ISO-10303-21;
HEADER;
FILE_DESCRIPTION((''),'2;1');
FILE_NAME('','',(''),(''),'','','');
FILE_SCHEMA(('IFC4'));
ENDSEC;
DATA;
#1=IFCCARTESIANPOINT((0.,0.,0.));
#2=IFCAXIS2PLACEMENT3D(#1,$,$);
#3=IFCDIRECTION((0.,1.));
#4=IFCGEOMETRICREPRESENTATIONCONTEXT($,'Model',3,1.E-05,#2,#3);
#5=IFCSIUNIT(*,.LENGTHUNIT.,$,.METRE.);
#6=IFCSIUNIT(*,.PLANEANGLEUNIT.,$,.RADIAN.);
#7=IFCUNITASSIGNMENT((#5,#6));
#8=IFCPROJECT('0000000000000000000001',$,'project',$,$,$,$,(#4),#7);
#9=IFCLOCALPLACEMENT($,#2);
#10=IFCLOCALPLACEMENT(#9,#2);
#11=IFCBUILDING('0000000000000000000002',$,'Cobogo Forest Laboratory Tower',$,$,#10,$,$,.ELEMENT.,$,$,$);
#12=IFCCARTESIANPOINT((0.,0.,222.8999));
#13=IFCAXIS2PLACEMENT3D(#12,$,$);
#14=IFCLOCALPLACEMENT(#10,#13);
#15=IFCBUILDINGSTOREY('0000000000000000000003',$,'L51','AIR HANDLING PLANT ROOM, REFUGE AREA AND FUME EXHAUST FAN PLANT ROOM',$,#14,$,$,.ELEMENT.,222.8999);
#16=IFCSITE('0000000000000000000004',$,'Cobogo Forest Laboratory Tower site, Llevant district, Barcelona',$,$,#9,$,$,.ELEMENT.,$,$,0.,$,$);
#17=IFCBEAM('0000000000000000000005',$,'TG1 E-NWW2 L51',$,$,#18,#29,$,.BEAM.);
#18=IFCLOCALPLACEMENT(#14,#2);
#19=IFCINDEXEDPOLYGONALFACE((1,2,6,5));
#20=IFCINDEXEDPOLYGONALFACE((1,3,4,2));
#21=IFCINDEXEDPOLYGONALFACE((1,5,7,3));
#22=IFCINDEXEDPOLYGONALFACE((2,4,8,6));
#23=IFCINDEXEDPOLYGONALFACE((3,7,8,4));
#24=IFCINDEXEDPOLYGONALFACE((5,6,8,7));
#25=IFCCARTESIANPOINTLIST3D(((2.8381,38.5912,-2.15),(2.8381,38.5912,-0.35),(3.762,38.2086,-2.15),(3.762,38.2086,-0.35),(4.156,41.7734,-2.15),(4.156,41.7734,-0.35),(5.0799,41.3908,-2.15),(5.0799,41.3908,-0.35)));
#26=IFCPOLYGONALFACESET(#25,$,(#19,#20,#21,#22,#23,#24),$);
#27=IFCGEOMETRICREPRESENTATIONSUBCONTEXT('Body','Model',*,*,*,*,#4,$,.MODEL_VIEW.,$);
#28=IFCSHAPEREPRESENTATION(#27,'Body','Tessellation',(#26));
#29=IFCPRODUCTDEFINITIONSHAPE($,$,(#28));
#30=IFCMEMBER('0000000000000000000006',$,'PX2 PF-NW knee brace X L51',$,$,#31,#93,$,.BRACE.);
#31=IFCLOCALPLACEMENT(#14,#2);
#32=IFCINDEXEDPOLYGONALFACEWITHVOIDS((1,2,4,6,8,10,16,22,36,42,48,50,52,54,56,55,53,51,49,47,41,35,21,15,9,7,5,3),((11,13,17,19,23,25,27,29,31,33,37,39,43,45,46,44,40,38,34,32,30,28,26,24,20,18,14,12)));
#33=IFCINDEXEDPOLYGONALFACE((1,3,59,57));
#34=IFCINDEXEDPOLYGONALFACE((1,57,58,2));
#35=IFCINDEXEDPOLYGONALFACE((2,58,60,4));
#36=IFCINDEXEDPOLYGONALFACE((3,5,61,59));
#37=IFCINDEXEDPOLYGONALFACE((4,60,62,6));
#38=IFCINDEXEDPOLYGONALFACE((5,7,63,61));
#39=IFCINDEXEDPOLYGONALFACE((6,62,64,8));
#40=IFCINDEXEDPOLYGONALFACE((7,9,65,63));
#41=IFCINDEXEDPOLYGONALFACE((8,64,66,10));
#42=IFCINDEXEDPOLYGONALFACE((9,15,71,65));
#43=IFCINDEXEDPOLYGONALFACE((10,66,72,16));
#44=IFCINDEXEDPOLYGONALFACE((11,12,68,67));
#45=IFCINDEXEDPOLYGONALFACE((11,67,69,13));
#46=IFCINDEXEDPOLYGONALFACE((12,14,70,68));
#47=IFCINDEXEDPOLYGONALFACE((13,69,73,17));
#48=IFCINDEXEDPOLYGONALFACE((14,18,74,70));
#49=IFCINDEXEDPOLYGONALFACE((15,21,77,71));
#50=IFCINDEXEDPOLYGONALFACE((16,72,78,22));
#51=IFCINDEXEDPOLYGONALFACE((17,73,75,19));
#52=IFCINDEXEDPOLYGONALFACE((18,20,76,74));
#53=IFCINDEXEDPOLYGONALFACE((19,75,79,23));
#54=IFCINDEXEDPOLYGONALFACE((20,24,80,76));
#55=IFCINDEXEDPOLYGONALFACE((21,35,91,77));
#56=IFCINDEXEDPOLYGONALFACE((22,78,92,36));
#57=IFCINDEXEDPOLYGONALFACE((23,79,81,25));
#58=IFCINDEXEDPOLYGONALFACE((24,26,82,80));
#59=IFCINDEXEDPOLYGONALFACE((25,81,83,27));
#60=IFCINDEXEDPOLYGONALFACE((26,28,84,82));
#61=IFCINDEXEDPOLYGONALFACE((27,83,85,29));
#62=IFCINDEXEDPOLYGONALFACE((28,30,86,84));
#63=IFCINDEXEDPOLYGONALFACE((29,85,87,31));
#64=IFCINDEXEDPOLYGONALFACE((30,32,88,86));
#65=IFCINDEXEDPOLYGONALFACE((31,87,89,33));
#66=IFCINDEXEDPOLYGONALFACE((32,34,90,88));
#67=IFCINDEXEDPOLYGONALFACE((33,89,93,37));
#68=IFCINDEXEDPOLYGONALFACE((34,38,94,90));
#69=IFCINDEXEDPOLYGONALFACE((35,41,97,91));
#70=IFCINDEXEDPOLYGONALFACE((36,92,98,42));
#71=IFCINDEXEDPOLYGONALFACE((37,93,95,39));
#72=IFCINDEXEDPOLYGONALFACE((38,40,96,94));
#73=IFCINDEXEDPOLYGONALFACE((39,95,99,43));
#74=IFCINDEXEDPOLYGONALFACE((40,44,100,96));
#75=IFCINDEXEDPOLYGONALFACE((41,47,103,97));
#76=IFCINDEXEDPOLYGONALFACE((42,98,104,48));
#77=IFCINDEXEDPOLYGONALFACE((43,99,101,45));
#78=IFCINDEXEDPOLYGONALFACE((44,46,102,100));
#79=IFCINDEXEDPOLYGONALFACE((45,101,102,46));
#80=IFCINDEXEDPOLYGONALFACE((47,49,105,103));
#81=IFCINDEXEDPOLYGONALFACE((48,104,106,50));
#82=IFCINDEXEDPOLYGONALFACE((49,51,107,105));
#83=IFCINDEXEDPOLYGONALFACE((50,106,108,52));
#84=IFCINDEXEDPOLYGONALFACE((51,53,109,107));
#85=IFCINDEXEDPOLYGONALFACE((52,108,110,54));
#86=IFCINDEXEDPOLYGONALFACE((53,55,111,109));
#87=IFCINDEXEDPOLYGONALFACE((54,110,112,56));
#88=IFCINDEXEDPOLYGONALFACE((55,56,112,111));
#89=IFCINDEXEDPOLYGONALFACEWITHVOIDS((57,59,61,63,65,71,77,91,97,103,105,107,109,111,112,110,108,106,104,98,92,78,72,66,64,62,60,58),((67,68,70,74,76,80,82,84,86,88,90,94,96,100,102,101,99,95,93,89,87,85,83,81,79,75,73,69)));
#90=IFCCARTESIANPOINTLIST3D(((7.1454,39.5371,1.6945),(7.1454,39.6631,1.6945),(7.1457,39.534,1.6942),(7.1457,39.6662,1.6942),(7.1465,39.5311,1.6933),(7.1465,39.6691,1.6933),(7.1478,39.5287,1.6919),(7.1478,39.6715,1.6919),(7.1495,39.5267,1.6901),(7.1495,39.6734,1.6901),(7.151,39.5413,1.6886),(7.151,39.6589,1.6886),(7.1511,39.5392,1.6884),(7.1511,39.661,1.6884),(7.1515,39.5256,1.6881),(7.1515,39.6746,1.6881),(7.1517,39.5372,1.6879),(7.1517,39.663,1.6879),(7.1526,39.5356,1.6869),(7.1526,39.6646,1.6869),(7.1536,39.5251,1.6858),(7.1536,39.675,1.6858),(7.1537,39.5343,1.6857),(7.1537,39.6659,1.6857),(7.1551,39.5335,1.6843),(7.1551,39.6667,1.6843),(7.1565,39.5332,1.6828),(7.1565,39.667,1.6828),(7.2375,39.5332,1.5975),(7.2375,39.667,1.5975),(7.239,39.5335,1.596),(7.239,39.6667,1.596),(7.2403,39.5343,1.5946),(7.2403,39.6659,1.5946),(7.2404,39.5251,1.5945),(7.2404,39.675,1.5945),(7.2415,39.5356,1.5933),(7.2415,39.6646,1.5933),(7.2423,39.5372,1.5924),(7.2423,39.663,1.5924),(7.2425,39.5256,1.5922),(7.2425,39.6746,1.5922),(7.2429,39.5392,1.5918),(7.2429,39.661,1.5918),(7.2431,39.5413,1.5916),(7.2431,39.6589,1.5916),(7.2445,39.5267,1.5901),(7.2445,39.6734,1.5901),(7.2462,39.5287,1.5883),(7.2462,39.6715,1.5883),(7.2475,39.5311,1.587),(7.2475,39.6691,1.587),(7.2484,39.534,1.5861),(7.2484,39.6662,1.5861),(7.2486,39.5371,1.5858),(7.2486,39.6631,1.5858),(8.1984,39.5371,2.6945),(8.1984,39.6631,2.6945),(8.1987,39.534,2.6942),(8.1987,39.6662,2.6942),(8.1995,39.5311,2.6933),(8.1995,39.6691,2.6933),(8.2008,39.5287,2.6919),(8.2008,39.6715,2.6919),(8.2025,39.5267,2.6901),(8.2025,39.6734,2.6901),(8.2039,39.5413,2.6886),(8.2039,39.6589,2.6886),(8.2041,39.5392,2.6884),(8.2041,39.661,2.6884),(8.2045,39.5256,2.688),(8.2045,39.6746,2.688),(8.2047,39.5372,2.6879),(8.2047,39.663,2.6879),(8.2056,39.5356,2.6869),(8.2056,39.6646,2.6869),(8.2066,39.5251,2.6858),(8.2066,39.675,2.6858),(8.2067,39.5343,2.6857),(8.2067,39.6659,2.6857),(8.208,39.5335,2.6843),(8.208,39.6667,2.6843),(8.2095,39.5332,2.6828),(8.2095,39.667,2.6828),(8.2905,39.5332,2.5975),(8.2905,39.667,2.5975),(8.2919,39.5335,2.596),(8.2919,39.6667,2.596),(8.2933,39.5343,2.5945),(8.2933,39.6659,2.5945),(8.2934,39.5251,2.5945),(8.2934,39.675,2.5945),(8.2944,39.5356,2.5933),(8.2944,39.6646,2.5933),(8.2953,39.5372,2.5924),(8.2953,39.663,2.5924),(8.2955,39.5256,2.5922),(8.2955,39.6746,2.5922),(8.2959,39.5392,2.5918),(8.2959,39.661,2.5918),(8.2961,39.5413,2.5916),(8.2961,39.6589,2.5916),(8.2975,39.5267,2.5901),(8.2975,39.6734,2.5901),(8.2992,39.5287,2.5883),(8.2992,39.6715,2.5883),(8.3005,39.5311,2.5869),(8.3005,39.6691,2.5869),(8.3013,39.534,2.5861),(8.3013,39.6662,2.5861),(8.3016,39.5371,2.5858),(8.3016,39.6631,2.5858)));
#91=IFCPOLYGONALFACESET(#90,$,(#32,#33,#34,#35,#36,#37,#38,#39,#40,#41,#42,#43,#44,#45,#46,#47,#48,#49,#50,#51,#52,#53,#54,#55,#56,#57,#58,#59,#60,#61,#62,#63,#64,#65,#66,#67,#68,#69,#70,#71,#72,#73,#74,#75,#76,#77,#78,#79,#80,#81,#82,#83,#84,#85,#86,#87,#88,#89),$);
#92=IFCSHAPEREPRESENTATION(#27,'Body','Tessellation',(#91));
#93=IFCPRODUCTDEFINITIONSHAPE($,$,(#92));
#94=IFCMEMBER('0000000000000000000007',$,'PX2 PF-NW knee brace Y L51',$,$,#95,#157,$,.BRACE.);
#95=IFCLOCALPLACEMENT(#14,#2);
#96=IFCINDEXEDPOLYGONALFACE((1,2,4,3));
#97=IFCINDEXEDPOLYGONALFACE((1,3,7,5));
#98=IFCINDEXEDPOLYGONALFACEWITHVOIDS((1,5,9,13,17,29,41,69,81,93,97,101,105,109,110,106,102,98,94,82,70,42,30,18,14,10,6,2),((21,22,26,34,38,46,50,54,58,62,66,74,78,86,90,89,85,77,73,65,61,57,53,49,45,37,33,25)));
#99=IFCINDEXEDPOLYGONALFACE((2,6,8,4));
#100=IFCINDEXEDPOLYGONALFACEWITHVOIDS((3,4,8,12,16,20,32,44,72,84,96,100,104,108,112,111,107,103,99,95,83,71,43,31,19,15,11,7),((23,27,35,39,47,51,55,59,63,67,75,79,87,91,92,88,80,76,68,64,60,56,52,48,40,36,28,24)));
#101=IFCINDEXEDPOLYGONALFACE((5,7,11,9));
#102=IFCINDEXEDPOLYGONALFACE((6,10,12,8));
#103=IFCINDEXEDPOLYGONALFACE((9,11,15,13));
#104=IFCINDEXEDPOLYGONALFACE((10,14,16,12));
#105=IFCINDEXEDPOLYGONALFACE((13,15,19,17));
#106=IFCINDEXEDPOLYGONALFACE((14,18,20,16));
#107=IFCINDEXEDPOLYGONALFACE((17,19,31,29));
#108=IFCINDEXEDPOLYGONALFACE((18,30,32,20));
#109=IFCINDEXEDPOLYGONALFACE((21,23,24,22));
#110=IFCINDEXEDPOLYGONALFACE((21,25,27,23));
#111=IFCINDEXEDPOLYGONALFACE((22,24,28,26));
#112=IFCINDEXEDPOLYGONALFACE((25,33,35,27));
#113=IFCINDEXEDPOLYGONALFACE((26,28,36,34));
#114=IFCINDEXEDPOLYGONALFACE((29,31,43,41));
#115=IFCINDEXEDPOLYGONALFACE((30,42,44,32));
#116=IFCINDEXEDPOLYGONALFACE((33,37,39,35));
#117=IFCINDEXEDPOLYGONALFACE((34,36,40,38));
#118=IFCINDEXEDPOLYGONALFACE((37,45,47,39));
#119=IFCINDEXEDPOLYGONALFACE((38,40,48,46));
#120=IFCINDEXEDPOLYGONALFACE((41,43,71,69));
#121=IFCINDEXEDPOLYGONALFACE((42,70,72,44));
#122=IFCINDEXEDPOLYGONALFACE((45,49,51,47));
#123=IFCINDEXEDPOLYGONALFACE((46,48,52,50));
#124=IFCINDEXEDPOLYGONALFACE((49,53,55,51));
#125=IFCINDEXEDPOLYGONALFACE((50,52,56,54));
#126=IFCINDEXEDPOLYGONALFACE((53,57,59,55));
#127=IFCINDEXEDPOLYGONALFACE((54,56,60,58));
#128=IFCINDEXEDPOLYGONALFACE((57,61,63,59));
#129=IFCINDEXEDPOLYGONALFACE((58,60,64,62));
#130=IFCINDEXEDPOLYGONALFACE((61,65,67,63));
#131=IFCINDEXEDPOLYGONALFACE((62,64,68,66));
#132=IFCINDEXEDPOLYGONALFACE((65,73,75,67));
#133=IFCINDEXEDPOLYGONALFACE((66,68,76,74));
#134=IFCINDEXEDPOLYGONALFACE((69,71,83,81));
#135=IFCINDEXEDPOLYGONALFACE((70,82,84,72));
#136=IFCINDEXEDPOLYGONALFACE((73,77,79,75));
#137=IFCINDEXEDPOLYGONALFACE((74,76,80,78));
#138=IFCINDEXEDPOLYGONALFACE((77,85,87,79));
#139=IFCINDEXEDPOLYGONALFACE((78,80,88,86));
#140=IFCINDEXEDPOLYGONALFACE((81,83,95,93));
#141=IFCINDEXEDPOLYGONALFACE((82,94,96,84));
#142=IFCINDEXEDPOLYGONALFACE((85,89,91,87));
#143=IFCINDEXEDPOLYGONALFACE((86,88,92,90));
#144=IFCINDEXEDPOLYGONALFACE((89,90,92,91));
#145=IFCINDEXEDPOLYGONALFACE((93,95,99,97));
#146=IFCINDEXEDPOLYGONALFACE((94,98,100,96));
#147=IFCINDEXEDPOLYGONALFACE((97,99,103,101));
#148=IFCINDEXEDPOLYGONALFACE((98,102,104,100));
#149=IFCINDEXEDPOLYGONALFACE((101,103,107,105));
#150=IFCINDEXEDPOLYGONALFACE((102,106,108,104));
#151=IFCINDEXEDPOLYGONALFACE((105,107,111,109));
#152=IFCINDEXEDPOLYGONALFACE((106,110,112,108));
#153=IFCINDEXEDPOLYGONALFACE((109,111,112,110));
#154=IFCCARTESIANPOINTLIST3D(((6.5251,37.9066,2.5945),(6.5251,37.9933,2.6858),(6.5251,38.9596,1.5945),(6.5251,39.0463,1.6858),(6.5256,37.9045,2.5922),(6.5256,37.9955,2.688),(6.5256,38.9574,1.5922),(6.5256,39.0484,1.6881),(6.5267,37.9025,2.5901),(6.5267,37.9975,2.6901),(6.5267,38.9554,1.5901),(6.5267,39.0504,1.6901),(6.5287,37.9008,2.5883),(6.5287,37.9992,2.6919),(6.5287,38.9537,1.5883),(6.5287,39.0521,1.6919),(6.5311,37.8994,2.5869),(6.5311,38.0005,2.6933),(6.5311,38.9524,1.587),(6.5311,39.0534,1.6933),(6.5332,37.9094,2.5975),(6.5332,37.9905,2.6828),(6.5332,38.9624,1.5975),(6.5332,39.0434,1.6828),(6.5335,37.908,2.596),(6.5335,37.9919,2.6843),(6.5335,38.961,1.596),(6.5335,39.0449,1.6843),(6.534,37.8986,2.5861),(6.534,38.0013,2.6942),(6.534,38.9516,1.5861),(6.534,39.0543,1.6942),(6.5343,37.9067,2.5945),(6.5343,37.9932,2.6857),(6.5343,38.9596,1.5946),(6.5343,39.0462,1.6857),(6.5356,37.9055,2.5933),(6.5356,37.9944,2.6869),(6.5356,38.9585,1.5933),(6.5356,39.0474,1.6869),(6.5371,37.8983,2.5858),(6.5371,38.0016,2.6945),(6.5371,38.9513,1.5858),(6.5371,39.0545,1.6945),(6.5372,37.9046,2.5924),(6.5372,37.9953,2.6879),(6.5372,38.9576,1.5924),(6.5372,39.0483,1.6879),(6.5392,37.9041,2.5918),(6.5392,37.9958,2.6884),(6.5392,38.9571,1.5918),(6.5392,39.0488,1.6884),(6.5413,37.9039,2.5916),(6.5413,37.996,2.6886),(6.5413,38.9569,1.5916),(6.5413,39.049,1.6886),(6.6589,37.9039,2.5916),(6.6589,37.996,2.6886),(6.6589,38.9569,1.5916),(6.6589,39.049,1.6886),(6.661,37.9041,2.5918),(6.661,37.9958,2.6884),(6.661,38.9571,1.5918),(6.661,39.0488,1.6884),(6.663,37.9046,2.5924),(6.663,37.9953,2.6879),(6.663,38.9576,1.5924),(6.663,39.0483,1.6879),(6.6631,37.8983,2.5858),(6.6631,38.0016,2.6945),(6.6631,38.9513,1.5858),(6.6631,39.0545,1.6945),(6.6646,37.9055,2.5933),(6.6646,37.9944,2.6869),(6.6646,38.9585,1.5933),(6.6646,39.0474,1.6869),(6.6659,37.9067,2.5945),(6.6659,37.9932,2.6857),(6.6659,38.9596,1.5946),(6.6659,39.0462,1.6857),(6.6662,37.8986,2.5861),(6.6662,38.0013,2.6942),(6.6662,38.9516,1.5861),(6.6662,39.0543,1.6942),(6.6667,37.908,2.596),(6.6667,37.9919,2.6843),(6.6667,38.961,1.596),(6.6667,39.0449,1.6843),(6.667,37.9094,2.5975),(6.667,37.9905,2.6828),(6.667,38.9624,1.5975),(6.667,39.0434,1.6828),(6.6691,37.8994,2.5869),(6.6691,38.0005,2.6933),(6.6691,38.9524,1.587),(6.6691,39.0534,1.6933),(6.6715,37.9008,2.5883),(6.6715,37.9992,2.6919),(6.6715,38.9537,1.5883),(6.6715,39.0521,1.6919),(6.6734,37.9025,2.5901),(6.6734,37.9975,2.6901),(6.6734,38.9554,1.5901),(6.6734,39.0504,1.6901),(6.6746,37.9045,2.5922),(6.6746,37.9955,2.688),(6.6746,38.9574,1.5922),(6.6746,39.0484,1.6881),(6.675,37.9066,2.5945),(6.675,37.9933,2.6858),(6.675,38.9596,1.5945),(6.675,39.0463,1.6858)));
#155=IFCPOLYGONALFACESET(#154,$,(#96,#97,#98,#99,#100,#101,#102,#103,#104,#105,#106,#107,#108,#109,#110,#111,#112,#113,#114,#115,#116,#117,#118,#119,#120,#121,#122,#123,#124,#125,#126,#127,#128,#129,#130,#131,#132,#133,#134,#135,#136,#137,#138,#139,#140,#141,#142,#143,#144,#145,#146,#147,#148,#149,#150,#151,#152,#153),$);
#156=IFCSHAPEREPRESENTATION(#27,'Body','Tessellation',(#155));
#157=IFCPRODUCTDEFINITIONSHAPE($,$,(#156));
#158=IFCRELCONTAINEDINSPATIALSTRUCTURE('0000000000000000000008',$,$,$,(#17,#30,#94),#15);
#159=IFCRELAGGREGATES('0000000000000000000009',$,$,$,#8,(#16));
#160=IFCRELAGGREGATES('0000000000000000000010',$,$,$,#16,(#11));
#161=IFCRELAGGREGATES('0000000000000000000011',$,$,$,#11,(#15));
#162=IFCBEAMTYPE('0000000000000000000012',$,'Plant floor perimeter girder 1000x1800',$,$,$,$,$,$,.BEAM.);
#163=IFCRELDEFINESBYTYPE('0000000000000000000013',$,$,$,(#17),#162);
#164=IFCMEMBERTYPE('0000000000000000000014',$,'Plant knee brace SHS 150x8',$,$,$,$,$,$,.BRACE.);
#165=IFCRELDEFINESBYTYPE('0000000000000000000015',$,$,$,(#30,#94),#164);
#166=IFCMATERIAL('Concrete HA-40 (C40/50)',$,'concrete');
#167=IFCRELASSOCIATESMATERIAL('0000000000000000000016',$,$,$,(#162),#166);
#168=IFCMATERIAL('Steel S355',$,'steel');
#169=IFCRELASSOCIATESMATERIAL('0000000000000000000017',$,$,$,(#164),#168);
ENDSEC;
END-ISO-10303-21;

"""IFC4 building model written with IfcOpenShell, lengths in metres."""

from ifc_helpers import new_model, si_unit, direction, frame, origin, origin_2d, place, context, subcontext, project, spatial, rectangle, hollow_rectangle, extrude, material, material_profile, profile_set, type_object, element, save


model = new_model("IFC4")

# Units and contexts
model_context = context("Model", 3, precision=1e-05, world=origin(), true_north=direction((0.0, 1.0)))
body_context = subcontext(model_context, "Body", "Model", "MODEL_VIEW")
ifc_project = project(units=[si_unit("LENGTHUNIT", "METRE"), si_unit("PLANEANGLEUNIT", "RADIAN")], contexts=[model_context])

# Site, building, storey
site_placement = place(None, origin())
site = spatial("IfcSite", under=ifc_project, at=site_placement, Name="Cobogo Forest Laboratory Tower site, Llevant district, Barcelona", CompositionType="ELEMENT", RefElevation=0.0)
building_placement = place(site_placement, origin())
building = spatial("IfcBuilding", under=site, at=building_placement, Name="Cobogo Forest Laboratory Tower", CompositionType="ELEMENT")
storey_placement = place(building_placement, frame((0.0, 0.0, 222.8999)))
storey = spatial("IfcBuildingStorey", under=building, at=storey_placement, Name="L51", Description="AIR HANDLING PLANT ROOM, REFUGE AREA AND FUME EXHAUST FAN PLANT ROOM", CompositionType="ELEMENT", Elevation=222.8999)

# Beam
ifc_material_1 = material(Name="Concrete HA-40 (C40/50)", Category="concrete")
ifc_material_profile_1 = material_profile(ifc_material_1, rectangle(XDim=1.0, YDim=1.8, at=origin_2d()), Name="RC 1000x1800")
ifc_profile_set_1 = profile_set([ifc_material_profile_1], Name="Concrete HA-40 (C40/50)")
beam_type_1 = type_object("IfcBeamType", Name="Plant floor perimeter girder 1000x1800", PredefinedType="BEAM", material=ifc_profile_set_1)
for number, where, z_axis, x_axis, name in (
    (1, (3.3, 38.3999, -1.25), (0.382631, 0.923901, 0.0), (-0.923901, 0.382631, 0.0), "TG1 E-NWW2 L51"),
):
    element("IfcBeam", number, at=place(storey_placement, frame(where, z_axis=z_axis, x_axis=x_axis)), inside=storey, type_object=beam_type_1, Name=name, PredefinedType="BEAM", context=body_context, shape_type="SweptSolid", body=[
        extrude(rectangle(XDim=1.0, YDim=1.8, at=origin_2d()), origin(), (0.0, 0.0, 1.0), 3.4443),
    ])

# Members
ifc_material_2 = material(Name="Steel S355", Category="steel")
ifc_material_profile_2 = material_profile(ifc_material_2, hollow_rectangle(XDim=0.1499, YDim=0.1499, WallThickness=0.0081, InnerFilletRadius=0.0081, OuterFilletRadius=0.012, at=origin_2d()), Name="SHS 150x8")
ifc_profile_set_2 = profile_set([ifc_material_profile_2], Name="Steel S355")
member_type_1 = type_object("IfcMemberType", Name="Plant knee brace SHS 150x8", PredefinedType="BRACE", material=ifc_profile_set_2)
for number, where, z_axis, x_axis, name in (
    (2, (7.197, 39.6001, 1.6401), (0.725113, 0.0, 0.68863), (0.0, 1.0, 0.0), "PX2 PF-NW knee brace X L51"),
    (3, (6.6001, 39.0029, 1.6401), (0.0, -0.725113, 0.68863), (1.0, 0.0, 0.0), "PX2 PF-NW knee brace Y L51"),
):
    element("IfcMember", number, at=place(storey_placement, frame(where, z_axis=z_axis, x_axis=x_axis)), inside=storey, type_object=member_type_1, Name=name, PredefinedType="BRACE", context=body_context, shape_type="SweptSolid", body=[
        extrude(hollow_rectangle(XDim=0.1499, YDim=0.1499, WallThickness=0.0081, InnerFilletRadius=0.0081, OuterFilletRadius=0.012, at=origin_2d()), origin(), (0.0, 0.0, 1.0), 1.4521),
    ])

save(model, "model.ifc")
